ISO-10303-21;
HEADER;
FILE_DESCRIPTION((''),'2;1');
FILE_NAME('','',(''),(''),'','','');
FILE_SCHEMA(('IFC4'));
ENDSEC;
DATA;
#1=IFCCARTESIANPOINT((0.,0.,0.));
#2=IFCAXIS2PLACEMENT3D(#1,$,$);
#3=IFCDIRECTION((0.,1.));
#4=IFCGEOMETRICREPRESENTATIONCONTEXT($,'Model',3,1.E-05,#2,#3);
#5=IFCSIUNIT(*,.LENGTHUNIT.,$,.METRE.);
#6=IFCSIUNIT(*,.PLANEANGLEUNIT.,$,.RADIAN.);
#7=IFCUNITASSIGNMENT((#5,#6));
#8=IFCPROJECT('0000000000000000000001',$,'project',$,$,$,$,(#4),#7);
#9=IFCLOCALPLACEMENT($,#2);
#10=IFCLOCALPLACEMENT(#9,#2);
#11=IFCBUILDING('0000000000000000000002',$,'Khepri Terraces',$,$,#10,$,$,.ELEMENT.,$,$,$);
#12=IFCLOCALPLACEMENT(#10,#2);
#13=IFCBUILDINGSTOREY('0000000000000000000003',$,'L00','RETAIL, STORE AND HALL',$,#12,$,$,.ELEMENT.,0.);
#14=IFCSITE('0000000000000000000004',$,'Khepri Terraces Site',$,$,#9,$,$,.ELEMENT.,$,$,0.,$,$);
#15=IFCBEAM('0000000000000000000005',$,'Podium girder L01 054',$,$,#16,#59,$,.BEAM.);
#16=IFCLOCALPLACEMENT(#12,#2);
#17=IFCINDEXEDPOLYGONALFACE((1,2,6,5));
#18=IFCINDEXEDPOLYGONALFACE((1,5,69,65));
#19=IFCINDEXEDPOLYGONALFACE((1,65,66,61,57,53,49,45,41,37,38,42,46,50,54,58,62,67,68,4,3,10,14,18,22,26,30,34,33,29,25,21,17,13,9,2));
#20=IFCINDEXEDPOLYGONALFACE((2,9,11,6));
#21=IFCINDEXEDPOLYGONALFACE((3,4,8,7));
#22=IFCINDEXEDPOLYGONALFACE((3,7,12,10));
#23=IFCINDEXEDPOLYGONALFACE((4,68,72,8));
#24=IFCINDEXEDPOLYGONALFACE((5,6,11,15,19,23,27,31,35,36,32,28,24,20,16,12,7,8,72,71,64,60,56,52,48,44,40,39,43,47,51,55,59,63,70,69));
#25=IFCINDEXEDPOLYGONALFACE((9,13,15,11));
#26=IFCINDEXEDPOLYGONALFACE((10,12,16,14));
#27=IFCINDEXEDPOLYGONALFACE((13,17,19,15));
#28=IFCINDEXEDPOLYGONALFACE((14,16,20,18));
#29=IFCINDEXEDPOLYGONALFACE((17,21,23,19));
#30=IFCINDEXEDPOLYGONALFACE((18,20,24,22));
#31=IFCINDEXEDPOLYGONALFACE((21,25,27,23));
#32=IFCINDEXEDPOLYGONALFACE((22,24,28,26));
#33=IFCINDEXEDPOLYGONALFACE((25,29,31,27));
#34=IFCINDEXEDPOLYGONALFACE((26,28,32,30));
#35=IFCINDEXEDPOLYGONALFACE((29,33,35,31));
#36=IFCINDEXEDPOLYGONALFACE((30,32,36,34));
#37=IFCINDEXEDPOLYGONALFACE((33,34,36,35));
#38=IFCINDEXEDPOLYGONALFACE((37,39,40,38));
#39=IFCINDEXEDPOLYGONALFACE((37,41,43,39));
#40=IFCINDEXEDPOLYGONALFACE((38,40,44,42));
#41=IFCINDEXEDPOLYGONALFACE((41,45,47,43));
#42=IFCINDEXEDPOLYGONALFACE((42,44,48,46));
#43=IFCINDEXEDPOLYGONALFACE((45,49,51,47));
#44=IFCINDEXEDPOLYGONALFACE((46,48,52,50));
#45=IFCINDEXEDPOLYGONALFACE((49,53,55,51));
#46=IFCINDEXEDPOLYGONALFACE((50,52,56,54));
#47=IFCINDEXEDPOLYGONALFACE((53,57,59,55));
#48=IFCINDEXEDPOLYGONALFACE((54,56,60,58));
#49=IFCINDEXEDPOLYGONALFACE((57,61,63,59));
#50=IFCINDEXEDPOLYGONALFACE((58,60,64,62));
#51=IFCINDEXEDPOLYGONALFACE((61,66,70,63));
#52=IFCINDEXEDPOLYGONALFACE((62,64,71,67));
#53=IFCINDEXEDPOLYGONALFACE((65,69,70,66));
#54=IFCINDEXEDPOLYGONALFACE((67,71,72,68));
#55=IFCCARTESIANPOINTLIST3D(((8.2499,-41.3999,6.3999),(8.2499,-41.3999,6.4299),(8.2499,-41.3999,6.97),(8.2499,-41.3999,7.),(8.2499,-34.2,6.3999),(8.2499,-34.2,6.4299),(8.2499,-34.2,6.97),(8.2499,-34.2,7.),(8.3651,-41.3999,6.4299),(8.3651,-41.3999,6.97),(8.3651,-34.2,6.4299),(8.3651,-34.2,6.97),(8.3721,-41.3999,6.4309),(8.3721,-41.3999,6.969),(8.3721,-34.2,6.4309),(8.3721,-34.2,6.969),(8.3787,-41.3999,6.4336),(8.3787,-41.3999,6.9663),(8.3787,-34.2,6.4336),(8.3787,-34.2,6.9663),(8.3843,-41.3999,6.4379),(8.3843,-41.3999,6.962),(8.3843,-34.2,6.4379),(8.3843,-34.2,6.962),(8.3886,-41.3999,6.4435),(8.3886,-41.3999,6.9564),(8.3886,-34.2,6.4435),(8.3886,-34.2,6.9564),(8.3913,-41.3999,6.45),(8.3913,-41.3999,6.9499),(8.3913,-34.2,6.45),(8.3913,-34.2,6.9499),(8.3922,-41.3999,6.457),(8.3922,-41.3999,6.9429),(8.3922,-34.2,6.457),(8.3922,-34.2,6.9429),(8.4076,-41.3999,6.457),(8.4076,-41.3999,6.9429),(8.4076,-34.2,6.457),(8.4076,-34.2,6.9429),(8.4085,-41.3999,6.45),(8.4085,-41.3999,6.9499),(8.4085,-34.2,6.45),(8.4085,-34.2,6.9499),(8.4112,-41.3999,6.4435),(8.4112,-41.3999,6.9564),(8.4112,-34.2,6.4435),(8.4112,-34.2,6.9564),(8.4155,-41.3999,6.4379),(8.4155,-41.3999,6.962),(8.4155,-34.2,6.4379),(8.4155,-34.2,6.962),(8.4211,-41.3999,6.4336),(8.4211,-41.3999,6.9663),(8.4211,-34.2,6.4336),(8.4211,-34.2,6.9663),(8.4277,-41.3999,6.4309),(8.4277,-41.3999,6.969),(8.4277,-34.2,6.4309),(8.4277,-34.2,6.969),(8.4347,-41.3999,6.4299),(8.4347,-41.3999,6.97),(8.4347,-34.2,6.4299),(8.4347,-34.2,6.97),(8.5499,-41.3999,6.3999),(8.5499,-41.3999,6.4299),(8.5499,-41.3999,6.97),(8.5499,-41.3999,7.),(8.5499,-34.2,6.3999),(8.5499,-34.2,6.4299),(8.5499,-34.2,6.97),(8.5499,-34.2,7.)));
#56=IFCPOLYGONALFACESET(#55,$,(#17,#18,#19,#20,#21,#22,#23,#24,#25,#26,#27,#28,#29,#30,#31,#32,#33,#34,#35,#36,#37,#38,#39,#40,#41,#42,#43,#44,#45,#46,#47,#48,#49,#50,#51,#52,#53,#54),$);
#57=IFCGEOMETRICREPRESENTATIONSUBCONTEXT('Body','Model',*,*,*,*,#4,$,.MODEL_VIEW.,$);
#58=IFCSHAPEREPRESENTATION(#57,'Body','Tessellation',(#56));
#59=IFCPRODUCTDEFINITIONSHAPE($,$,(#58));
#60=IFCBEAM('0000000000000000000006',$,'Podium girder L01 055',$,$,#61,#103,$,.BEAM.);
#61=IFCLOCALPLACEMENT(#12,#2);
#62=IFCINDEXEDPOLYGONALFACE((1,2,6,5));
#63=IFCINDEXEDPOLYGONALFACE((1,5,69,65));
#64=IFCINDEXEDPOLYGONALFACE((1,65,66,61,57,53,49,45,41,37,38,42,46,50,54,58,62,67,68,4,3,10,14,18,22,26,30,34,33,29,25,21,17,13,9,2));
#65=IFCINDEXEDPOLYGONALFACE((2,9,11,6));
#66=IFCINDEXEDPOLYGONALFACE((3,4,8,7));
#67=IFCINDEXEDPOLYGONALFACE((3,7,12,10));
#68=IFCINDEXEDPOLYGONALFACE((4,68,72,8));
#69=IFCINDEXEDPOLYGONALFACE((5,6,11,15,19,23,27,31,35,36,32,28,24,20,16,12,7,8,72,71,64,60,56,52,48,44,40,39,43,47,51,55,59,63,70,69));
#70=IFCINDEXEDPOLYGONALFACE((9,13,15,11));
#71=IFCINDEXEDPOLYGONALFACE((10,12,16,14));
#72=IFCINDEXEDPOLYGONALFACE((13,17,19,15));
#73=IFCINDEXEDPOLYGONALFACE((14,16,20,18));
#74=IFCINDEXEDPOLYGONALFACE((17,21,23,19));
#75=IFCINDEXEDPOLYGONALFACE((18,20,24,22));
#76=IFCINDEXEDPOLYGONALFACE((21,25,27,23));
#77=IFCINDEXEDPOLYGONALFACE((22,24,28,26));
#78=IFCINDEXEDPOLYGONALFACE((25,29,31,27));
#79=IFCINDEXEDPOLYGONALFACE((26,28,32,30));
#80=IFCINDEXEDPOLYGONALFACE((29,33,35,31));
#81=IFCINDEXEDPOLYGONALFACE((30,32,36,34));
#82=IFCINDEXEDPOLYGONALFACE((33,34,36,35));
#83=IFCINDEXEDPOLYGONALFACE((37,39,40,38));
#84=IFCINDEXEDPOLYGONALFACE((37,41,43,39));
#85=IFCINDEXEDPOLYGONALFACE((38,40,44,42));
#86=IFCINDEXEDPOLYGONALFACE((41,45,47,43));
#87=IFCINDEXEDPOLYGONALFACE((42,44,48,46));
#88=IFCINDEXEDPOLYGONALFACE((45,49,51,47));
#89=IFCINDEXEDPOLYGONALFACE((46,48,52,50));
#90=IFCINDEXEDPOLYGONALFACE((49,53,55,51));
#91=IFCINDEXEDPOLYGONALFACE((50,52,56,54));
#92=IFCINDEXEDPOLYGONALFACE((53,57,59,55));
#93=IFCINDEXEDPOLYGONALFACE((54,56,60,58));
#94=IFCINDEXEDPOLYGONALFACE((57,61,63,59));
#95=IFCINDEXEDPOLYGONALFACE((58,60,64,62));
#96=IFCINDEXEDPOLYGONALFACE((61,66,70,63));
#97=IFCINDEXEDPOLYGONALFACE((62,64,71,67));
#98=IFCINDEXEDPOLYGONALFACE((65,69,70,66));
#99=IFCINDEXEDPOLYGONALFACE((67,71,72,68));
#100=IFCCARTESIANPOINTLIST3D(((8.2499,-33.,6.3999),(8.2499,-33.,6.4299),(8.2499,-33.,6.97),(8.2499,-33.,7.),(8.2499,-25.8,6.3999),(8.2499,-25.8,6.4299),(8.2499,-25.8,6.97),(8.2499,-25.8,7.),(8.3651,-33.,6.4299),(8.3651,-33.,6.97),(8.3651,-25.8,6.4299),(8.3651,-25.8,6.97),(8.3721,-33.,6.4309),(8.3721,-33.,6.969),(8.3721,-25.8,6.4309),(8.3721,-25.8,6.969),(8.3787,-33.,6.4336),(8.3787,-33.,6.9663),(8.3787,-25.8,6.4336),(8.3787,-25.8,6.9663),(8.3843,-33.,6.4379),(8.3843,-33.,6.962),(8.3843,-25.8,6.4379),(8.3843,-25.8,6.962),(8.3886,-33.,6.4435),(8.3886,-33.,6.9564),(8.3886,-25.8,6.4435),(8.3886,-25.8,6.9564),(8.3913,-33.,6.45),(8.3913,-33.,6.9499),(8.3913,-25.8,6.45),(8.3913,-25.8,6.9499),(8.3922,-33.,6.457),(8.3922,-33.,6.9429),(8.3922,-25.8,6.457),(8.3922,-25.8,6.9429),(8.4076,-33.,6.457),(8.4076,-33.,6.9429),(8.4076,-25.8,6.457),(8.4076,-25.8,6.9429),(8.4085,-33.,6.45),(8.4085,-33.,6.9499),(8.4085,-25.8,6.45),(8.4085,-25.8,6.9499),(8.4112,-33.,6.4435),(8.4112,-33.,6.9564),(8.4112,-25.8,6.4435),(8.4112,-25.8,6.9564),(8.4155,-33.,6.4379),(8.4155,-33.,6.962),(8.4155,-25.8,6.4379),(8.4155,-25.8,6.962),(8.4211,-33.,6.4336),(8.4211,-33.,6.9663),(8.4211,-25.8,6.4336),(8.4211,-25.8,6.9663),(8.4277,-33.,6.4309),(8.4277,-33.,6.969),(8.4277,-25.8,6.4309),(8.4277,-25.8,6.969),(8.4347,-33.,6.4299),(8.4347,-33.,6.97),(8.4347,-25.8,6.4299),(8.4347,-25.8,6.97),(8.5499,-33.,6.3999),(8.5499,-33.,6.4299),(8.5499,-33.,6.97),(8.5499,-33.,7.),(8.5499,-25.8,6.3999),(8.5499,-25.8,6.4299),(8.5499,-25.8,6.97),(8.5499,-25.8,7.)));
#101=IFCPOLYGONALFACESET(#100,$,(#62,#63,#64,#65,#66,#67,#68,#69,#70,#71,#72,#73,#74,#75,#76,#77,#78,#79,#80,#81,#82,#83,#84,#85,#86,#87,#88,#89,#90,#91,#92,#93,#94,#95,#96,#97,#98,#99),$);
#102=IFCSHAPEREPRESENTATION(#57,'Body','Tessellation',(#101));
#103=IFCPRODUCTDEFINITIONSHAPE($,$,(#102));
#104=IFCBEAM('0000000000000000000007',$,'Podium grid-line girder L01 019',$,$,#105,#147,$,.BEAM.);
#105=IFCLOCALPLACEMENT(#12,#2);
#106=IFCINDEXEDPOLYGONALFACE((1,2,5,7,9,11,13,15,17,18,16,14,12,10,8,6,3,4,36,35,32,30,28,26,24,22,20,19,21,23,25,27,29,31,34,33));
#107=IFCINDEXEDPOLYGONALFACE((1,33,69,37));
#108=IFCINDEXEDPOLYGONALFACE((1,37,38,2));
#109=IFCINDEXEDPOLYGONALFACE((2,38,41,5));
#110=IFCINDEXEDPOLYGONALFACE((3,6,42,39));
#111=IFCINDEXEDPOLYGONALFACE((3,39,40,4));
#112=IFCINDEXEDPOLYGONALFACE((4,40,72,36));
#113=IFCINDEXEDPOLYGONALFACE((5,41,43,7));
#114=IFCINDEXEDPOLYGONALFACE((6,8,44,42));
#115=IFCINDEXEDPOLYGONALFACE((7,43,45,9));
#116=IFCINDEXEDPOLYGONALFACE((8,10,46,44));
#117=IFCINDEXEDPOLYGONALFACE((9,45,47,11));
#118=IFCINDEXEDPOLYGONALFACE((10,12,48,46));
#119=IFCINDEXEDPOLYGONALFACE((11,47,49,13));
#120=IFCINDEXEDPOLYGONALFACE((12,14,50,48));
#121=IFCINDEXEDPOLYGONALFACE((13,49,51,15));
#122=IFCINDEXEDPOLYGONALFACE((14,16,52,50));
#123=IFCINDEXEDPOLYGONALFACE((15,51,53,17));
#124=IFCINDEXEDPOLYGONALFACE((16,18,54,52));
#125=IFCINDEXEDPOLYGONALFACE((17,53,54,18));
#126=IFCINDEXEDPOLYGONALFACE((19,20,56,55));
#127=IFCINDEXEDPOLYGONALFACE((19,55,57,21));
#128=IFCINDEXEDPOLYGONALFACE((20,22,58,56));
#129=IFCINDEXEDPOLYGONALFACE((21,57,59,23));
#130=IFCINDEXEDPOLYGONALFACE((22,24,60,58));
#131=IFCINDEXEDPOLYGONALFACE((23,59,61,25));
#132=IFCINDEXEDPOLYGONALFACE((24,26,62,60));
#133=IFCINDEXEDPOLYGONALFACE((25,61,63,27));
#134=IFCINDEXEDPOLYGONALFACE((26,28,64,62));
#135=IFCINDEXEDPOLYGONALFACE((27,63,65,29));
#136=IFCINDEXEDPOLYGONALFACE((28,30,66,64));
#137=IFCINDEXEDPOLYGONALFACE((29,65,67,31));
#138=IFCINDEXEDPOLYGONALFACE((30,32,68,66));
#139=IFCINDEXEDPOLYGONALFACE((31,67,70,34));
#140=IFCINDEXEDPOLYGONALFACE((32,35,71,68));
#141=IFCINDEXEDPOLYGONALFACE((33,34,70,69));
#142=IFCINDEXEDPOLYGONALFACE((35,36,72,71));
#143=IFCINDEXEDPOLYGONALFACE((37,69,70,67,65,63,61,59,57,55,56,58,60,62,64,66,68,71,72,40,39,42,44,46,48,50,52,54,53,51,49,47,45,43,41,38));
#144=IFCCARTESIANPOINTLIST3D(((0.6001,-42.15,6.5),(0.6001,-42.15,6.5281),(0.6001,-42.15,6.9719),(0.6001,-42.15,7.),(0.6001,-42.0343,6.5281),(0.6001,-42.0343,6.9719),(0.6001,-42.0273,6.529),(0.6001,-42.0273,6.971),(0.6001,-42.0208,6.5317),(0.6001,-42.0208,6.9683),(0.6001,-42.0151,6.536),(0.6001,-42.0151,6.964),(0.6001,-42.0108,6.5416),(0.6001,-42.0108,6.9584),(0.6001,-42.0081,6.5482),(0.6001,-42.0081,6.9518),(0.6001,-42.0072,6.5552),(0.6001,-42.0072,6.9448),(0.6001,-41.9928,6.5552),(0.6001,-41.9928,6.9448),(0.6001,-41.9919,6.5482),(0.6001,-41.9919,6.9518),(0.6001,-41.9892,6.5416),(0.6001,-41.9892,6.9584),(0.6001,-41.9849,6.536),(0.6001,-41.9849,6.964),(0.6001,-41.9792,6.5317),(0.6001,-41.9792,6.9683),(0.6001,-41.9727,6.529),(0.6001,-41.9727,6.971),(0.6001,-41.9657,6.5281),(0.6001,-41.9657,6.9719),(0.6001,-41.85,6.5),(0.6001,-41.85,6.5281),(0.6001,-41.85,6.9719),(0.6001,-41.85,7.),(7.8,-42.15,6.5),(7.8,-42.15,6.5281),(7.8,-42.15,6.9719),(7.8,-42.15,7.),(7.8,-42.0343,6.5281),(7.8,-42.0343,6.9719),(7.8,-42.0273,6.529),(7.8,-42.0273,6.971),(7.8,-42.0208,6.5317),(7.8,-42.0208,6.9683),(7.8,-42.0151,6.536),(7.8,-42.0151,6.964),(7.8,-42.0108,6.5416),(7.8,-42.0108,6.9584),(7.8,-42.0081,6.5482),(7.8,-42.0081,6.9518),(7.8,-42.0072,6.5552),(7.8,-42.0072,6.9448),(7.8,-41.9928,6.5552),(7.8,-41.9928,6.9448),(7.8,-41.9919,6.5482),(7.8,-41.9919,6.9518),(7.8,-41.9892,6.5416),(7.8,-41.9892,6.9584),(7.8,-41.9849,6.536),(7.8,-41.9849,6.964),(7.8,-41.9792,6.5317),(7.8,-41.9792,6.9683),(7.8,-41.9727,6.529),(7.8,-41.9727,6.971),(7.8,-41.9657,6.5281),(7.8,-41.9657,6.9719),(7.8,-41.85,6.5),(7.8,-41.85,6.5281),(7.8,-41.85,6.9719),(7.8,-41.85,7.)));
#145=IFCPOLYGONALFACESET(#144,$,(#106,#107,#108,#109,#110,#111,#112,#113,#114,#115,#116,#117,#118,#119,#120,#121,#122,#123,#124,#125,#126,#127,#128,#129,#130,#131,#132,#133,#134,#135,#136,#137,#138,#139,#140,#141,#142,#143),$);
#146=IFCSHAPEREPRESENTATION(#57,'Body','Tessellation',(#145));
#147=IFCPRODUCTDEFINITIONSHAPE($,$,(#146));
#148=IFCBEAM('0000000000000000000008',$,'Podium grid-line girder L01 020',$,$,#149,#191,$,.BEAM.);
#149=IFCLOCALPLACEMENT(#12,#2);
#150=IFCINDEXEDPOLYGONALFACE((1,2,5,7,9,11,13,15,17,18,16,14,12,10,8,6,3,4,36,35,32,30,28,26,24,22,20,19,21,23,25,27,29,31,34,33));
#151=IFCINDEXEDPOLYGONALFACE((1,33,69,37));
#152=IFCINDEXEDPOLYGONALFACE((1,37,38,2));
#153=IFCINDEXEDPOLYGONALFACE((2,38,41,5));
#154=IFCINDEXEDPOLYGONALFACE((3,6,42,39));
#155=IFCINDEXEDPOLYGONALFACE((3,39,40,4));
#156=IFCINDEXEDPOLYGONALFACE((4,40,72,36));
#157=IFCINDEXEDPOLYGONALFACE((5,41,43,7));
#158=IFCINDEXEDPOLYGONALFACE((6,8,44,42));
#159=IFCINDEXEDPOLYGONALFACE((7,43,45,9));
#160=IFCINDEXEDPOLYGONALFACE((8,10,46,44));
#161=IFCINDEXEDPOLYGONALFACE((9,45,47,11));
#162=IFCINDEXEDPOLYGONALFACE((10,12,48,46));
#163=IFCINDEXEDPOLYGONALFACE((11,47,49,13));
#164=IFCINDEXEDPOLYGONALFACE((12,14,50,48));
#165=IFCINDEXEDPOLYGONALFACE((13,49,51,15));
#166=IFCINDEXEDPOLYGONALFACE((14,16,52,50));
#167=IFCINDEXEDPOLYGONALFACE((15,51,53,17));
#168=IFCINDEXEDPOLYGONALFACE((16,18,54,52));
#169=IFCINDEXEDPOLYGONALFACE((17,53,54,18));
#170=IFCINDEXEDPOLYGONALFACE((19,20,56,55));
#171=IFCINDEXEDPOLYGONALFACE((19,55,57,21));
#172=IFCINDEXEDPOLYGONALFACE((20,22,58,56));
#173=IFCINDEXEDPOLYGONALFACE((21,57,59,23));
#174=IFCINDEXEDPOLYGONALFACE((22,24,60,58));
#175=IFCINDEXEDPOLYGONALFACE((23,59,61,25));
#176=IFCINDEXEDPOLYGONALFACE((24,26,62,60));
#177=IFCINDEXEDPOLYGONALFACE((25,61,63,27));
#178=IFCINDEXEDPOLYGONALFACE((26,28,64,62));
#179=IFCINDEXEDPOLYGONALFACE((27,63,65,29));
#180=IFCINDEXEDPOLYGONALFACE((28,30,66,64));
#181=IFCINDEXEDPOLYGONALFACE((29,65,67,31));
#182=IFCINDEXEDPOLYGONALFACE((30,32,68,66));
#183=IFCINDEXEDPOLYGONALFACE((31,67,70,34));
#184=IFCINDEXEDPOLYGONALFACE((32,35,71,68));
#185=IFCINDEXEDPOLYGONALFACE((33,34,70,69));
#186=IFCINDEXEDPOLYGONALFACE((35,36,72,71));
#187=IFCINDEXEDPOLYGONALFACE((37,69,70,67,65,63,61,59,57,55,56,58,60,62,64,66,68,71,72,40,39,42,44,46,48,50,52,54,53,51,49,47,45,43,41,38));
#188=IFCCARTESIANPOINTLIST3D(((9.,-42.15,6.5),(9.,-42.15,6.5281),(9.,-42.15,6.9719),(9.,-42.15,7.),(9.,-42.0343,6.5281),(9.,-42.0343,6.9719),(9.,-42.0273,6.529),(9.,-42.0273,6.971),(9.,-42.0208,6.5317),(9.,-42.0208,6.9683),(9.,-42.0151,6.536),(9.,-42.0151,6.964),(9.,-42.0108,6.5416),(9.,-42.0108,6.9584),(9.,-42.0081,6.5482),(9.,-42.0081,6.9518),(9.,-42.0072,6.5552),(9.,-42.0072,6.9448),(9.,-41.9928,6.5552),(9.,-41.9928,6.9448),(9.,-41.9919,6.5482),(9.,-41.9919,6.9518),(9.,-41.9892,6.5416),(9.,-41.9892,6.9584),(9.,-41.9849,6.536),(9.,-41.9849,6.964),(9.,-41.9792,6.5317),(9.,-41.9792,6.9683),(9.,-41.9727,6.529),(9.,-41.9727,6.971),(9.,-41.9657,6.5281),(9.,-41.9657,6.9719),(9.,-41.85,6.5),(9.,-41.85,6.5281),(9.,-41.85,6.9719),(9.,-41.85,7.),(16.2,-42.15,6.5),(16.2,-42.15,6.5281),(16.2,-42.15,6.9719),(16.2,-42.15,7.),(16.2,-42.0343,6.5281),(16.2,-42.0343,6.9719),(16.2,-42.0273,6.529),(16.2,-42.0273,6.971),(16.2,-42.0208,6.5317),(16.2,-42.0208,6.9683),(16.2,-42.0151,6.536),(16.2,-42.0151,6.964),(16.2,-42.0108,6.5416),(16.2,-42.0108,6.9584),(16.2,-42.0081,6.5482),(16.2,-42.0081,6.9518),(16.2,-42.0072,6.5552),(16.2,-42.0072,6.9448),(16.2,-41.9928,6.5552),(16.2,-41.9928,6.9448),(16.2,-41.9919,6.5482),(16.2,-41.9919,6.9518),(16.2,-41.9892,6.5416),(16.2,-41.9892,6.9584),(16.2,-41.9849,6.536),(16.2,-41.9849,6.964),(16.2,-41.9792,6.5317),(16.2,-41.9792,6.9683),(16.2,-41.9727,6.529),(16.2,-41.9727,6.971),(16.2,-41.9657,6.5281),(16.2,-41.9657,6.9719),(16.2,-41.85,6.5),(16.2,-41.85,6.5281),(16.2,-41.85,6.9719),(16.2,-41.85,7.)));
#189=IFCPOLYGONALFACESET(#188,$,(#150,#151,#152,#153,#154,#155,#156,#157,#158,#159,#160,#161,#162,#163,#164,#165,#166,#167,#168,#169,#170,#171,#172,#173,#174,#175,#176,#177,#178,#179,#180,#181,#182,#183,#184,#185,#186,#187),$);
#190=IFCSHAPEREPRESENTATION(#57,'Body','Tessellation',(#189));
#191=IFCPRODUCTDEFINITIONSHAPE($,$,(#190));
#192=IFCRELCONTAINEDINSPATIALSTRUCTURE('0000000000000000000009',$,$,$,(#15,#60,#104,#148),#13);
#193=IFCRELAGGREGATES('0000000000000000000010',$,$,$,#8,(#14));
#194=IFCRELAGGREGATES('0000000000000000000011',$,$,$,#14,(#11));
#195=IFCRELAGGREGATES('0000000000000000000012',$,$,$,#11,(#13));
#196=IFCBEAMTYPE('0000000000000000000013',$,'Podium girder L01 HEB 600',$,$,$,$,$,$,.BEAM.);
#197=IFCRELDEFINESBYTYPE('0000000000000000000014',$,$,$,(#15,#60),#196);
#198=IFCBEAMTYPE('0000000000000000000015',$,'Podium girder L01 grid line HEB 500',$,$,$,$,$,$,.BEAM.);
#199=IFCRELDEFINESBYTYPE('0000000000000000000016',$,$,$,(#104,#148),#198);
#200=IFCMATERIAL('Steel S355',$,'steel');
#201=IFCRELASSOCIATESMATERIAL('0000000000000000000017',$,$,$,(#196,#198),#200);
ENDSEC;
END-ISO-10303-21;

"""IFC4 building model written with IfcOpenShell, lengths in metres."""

from ifc_helpers import new_model, si_unit, direction, frame, origin, origin_2d, place, context, subcontext, project, spatial, i_section, extrude, material, material_profile, profile_set, type_object, element, save


model = new_model("IFC4")

# Units and contexts
model_context = context("Model", 3, precision=1e-05, world=origin(), true_north=direction((0.0, 1.0)))
body_context = subcontext(model_context, "Body", "Model", "MODEL_VIEW")
ifc_project = project(units=[si_unit("LENGTHUNIT", "METRE"), si_unit("PLANEANGLEUNIT", "RADIAN")], contexts=[model_context])

# Site, building, storey
site_placement = place(None, origin())
site = spatial("IfcSite", under=ifc_project, at=site_placement, Name="Khepri Terraces Site", CompositionType="ELEMENT", RefElevation=0.0)
building_placement = place(site_placement, origin())
building = spatial("IfcBuilding", under=site, at=building_placement, Name="Khepri Terraces", CompositionType="ELEMENT")
storey_placement = place(building_placement, origin())
storey = spatial("IfcBuildingStorey", under=building, at=storey_placement, Name="L00", Description="RETAIL, STORE AND HALL", CompositionType="ELEMENT", Elevation=0.0)

# Beams
ifc_material_1 = material(Name="Steel S355", Category="steel")
ifc_material_profile_1 = material_profile(ifc_material_1, i_section(OverallWidth=0.3, OverallDepth=0.6001, WebThickness=0.0154, FlangeThickness=0.03, FilletRadius=0.0271, at=origin_2d()), Name="Steel S355", Category="steel")
ifc_profile_set_1 = profile_set([ifc_material_profile_1], Name="Steel S355")
beam_type_1 = type_object("IfcBeamType", Name="Podium girder L01 HEB 600", PredefinedType="BEAM", material=ifc_profile_set_1)
for number, where, z_axis, x_axis, name in (
    (1, (8.3999, -41.3999, 6.7), (0.0, 1.0, 0.0), (-1.0, 0.0, 0.0), "Podium girder L01 054"),
    (2, (8.3999, -33.0, 6.7), (0.0, 1.0, 0.0), (-1.0, 0.0, 0.0), "Podium girder L01 055"),
):
    element("IfcBeam", number, at=place(storey_placement, frame(where, z_axis=z_axis, x_axis=x_axis)), inside=storey, type_object=beam_type_1, Name=name, PredefinedType="BEAM", context=body_context, shape_type="SweptSolid", body=[
        extrude(i_section(OverallWidth=0.3, OverallDepth=0.6001, WebThickness=0.0154, FlangeThickness=0.03, FilletRadius=0.0271, at=origin_2d()), origin(), (0.0, 0.0, 1.0), 7.2),
    ])
ifc_material_profile_2 = material_profile(ifc_material_1, i_section(OverallWidth=0.3, OverallDepth=0.5, WebThickness=0.0144, FlangeThickness=0.0281, FilletRadius=0.0271, at=origin_2d()), Name="Steel S355", Category="steel")
ifc_profile_set_2 = profile_set([ifc_material_profile_2], Name="Steel S355")
beam_type_2 = type_object("IfcBeamType", Name="Podium girder L01 grid line HEB 500", PredefinedType="BEAM", material=ifc_profile_set_2)
for number, where, z_axis, x_axis, name in (
    (3, (0.6001, -42.0, 6.75), (1.0, 0.0, 0.0), (0.0, 1.0, 0.0), "Podium grid-line girder L01 019"),
    (4, (9.0, -42.0, 6.75), (1.0, 0.0, 0.0), (0.0, 1.0, 0.0), "Podium grid-line girder L01 020"),
):
    element("IfcBeam", number, at=place(storey_placement, frame(where, z_axis=z_axis, x_axis=x_axis)), inside=storey, type_object=beam_type_2, Name=name, PredefinedType="BEAM", context=body_context, shape_type="SweptSolid", body=[
        extrude(i_section(OverallWidth=0.3, OverallDepth=0.5, WebThickness=0.0144, FlangeThickness=0.0281, FilletRadius=0.0271, at=origin_2d()), origin(), (0.0, 0.0, 1.0), 7.2),
    ])

save(model, "model.ifc")
